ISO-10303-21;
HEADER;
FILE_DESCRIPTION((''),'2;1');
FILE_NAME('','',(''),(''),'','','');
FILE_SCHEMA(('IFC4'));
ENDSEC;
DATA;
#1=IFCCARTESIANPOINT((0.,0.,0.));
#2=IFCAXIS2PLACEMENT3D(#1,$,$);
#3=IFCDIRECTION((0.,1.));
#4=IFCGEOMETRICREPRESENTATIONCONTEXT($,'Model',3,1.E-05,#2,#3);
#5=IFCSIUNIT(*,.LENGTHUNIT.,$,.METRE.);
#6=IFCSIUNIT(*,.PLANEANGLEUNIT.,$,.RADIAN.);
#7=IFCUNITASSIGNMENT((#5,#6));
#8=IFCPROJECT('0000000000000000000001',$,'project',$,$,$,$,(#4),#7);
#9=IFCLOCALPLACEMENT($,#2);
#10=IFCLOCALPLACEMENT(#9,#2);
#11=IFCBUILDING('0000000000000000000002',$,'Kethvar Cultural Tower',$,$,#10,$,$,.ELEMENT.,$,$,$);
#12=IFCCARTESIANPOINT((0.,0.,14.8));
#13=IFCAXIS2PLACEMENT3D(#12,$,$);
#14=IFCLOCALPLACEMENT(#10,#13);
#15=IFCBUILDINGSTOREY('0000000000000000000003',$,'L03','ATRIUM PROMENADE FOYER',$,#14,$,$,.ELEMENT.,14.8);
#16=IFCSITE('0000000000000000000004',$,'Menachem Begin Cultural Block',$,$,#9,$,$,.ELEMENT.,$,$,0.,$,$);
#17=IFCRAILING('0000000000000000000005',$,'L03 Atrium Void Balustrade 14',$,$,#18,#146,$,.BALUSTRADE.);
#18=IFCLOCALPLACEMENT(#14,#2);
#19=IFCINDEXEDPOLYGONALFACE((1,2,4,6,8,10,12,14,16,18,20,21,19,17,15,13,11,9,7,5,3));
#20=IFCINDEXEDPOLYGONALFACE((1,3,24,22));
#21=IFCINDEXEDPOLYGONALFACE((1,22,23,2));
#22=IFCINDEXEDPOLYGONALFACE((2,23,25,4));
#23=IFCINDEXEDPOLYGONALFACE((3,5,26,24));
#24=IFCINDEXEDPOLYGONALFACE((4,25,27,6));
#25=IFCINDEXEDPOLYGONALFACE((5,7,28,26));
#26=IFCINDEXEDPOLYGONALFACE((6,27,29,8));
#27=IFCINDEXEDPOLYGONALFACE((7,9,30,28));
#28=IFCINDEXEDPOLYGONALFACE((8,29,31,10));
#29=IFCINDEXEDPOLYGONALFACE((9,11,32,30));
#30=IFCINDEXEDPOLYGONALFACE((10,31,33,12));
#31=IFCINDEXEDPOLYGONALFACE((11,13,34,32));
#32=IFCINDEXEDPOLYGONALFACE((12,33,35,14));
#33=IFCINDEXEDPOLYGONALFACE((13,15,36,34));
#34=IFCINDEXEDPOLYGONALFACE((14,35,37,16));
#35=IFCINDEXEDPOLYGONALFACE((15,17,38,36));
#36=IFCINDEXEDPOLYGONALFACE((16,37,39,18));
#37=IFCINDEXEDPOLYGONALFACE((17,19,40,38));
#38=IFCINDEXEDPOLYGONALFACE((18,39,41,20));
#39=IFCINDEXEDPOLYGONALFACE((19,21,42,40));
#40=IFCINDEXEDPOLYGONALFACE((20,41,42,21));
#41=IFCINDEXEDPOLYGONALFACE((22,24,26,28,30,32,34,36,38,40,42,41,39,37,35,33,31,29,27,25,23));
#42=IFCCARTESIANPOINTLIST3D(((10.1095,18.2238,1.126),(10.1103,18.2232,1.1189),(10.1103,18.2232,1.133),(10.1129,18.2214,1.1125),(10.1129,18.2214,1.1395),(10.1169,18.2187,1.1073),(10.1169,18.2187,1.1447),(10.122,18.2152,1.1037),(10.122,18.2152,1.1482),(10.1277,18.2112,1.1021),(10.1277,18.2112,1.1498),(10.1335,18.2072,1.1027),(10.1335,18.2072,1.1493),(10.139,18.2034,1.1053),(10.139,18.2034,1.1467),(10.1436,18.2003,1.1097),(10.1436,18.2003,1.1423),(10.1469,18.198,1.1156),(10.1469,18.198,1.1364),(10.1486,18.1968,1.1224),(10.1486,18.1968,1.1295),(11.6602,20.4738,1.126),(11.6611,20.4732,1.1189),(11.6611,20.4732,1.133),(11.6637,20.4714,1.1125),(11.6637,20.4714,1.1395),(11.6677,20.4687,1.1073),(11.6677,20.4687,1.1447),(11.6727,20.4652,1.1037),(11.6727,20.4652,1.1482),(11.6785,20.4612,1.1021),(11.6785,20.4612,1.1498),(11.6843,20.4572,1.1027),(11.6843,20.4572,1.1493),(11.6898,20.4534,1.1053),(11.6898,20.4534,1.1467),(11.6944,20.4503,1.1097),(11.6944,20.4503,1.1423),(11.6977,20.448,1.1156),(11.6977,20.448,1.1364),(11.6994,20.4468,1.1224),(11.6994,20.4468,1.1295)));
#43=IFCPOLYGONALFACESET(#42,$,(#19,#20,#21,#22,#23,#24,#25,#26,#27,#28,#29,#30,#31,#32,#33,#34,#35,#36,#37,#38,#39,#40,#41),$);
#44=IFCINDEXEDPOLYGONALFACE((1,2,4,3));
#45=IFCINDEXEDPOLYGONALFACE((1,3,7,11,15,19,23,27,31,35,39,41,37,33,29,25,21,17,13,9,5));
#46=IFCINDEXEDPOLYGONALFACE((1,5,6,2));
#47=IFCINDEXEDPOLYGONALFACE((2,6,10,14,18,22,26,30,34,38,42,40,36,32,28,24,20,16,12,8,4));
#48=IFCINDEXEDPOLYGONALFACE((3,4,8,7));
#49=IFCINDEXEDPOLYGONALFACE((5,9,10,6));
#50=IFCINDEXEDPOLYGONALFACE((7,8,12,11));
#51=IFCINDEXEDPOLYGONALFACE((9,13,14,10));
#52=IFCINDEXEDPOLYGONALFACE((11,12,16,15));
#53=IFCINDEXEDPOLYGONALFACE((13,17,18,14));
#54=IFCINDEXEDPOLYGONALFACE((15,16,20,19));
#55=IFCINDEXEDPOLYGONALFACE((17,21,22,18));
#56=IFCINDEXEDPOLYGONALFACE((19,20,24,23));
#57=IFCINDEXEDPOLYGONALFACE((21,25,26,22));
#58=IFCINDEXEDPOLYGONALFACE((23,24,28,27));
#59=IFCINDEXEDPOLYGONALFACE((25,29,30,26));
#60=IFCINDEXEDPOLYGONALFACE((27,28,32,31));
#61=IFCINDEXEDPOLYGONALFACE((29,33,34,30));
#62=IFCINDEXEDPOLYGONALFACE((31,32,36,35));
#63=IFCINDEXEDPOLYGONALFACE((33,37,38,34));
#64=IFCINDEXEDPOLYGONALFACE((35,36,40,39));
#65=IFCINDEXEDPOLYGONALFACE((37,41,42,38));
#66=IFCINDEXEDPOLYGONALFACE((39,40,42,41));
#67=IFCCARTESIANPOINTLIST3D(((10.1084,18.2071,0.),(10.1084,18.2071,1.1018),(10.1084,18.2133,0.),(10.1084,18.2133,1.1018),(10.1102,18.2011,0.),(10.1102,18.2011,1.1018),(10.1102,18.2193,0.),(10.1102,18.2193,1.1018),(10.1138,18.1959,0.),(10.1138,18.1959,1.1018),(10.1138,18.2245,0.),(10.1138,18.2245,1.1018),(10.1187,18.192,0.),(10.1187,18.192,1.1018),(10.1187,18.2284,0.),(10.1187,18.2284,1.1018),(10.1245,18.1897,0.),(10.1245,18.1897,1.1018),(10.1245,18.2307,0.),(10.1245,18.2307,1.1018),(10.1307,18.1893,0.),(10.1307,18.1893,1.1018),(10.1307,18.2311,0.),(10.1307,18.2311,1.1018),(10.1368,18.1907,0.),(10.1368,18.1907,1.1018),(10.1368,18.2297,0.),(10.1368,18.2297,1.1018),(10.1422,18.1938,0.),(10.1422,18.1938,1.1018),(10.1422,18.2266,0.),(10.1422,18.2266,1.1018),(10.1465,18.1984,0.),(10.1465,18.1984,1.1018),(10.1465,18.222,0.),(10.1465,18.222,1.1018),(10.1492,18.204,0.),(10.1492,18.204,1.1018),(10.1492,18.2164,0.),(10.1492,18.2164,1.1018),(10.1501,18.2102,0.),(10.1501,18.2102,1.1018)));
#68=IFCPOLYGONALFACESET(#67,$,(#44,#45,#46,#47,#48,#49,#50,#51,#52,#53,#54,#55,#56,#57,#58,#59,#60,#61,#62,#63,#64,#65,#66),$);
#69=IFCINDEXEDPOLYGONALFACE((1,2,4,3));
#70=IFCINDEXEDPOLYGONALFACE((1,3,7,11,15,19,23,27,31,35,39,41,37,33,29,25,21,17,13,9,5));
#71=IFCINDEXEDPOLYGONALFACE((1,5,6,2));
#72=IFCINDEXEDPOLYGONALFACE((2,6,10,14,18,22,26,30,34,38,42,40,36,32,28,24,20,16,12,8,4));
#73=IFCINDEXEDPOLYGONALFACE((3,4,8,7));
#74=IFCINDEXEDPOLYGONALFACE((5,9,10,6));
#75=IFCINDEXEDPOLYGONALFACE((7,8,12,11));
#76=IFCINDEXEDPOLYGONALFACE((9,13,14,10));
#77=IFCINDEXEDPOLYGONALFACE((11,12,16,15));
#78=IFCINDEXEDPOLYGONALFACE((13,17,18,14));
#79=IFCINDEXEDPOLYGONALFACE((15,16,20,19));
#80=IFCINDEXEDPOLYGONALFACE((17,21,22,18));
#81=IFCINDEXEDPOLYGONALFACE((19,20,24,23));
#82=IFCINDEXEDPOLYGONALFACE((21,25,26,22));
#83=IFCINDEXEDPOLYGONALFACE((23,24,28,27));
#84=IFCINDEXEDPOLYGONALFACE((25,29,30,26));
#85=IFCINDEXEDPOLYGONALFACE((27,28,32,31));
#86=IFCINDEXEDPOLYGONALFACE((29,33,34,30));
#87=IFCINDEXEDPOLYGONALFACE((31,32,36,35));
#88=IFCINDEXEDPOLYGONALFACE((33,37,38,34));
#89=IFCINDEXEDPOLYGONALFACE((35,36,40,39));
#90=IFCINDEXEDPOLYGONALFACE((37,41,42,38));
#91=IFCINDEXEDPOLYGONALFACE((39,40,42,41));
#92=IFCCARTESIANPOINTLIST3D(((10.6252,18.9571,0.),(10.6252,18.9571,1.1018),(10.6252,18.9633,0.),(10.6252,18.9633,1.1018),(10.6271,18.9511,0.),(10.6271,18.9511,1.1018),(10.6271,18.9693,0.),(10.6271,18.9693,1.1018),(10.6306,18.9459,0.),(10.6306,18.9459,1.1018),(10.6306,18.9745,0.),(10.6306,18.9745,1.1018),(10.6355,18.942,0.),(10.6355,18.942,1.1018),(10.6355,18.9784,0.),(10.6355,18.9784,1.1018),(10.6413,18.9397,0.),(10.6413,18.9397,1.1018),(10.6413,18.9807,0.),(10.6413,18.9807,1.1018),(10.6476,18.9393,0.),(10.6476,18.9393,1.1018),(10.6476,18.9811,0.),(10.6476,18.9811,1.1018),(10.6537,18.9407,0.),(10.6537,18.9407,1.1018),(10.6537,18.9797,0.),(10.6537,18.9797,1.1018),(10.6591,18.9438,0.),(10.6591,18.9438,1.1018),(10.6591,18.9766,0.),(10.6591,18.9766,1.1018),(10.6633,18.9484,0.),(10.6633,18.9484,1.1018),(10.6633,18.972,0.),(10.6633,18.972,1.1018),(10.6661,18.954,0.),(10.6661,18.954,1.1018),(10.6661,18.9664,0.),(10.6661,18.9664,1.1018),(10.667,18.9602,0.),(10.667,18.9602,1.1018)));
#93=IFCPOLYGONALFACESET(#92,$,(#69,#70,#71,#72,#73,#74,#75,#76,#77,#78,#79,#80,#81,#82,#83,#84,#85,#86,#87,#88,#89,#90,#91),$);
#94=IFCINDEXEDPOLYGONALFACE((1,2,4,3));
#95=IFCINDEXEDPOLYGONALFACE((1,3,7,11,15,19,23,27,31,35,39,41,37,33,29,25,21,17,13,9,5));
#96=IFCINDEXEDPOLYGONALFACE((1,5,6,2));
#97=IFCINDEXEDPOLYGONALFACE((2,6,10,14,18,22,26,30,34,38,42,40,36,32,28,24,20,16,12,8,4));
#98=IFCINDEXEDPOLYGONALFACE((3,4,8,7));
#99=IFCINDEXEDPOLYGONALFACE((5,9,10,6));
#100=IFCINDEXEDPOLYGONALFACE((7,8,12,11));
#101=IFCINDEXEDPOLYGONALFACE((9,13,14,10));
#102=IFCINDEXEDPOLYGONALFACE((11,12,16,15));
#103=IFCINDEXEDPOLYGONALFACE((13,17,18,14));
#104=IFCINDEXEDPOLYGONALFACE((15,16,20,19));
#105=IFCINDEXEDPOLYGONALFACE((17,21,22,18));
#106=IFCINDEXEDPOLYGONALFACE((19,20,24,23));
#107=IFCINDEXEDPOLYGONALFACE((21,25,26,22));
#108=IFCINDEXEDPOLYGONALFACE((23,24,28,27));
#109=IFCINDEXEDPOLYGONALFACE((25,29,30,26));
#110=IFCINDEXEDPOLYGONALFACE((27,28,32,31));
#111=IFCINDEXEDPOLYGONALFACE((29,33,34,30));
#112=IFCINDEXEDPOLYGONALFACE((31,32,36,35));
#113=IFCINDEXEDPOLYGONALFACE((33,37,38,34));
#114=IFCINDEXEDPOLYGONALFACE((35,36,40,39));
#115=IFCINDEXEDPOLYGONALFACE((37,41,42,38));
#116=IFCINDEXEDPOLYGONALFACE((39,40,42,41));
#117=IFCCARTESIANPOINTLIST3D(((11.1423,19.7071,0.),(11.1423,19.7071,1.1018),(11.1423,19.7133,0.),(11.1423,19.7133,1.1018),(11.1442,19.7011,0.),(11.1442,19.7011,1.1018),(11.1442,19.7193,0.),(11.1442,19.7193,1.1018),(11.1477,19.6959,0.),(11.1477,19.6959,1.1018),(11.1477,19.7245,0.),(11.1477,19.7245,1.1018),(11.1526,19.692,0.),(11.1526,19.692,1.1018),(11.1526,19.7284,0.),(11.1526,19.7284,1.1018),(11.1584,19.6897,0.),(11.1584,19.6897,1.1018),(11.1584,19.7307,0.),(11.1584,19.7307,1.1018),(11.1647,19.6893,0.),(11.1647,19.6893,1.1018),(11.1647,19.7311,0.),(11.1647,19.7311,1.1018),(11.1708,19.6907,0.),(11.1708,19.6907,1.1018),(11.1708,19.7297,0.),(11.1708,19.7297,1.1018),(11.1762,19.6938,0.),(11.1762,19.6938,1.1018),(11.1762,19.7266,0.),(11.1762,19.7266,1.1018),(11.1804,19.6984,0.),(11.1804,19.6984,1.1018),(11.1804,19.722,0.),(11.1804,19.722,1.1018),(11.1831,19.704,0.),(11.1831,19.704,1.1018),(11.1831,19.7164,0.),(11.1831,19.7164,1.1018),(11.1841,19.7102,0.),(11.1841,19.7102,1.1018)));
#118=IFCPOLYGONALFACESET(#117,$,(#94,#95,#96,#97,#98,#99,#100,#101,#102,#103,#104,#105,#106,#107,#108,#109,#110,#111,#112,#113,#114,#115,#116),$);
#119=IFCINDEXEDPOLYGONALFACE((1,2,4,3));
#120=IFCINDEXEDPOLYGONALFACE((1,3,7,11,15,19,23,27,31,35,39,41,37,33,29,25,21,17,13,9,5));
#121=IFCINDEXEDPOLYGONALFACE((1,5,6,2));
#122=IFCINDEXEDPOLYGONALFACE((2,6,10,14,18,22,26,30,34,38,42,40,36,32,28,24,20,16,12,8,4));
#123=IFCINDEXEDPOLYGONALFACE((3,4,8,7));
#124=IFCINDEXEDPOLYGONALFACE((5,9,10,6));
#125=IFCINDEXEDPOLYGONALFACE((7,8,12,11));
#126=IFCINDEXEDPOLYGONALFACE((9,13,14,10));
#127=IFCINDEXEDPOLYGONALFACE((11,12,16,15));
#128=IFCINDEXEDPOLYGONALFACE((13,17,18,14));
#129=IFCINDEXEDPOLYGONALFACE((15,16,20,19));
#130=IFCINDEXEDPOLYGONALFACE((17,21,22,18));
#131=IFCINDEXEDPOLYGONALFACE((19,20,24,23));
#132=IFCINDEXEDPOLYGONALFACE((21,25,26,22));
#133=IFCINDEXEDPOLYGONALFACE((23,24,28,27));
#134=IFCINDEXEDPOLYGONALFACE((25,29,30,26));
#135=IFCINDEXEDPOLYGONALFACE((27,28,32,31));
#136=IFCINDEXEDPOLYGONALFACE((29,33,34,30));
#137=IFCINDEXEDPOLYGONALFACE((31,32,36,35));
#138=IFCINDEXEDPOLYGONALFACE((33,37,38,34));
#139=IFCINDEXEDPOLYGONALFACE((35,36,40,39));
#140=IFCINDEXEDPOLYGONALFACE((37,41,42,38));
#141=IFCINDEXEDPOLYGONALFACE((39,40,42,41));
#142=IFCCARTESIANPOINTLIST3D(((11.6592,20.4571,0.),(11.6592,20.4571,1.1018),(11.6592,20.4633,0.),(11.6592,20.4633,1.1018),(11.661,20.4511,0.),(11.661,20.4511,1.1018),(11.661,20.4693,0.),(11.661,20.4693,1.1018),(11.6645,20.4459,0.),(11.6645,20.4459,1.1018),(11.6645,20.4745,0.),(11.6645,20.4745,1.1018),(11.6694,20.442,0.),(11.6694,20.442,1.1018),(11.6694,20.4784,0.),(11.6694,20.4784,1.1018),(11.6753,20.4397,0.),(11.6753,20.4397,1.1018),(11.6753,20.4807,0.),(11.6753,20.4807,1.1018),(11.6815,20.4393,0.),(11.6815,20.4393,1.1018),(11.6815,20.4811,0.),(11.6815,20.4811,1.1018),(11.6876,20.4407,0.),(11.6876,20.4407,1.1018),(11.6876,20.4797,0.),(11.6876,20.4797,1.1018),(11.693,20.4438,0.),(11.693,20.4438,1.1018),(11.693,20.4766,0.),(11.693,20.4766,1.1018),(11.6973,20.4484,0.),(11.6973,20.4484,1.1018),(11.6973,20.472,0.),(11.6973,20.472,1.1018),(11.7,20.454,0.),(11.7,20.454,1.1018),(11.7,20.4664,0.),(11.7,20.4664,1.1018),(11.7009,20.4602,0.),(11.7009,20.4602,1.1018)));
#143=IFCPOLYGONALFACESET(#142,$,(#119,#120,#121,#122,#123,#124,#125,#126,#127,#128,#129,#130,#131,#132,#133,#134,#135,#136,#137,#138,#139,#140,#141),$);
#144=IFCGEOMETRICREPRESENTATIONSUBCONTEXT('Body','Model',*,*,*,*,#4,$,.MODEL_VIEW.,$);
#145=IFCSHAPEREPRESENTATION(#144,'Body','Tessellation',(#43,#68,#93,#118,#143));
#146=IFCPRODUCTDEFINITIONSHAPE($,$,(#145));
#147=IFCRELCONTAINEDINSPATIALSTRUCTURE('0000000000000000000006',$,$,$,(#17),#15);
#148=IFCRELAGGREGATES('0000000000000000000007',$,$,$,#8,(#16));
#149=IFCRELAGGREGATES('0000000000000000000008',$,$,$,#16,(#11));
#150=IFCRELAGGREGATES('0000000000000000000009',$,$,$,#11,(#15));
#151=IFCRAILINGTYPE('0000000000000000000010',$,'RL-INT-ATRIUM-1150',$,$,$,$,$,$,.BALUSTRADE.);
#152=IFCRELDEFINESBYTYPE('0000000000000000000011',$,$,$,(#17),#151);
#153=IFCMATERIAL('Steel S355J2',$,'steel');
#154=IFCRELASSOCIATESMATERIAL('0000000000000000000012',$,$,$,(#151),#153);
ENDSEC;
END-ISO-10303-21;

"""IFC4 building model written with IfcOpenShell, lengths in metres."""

from ifc_helpers import new_model, si_unit, direction, frame, origin, origin_2d, place, context, subcontext, project, spatial, circle, extrude, material, type_object, element, save


model = new_model("IFC4")

# Units and contexts
model_context = context("Model", 3, precision=1e-05, world=origin(), true_north=direction((0.0, 1.0)))
body_context = subcontext(model_context, "Body", "Model", "MODEL_VIEW")
ifc_project = project(units=[si_unit("LENGTHUNIT", "METRE"), si_unit("PLANEANGLEUNIT", "RADIAN")], contexts=[model_context])

# Site, building, storey
site_placement = place(None, origin())
site = spatial("IfcSite", under=ifc_project, at=site_placement, Name="Menachem Begin Cultural Block", CompositionType="ELEMENT", RefElevation=0.0)
building_placement = place(site_placement, origin())
building = spatial("IfcBuilding", under=site, at=building_placement, Name="Kethvar Cultural Tower", CompositionType="ELEMENT")
storey_placement = place(building_placement, frame((0.0, 0.0, 14.8)))
storey = spatial("IfcBuildingStorey", under=building, at=storey_placement, Name="L03", Description="ATRIUM PROMENADE FOYER", CompositionType="ELEMENT", Elevation=14.8)

# Shared definitions
ifc_material_1 = material(Name="Steel S355J2", Category="steel")

# Railing
railing_type_1 = type_object("IfcRailingType", Name="RL-INT-ATRIUM-1150", PredefinedType="BALUSTRADE", material=ifc_material_1)
railing_1_placement = place(storey_placement, frame((10.1292, 18.2102, 0.0)))
element("IfcRailing", 1, at=railing_1_placement, inside=storey, type_object=railing_type_1, Name="L03 Atrium Void Balustrade 14", PredefinedType="BALUSTRADE", context=body_context, shape_type="SweptSolid", body=[
    extrude(circle(Radius=0.0239, at=origin_2d()), frame((0.0, 0.0, 1.126), z_axis=(0.567499, 0.823374, 0.0), x_axis=(-0.823374, 0.567499, 0.0)), (0.0, 0.0, 1.0), 2.7327),
    extrude(circle(Radius=0.021, at=origin_2d()), origin(), (0.0, 0.0, 1.0), 1.1018),
    extrude(circle(Radius=0.021, at=origin_2d()), frame((0.5168, 0.75, 0.0)), (0.0, 0.0, 1.0), 1.1018),
    extrude(circle(Radius=0.021, at=origin_2d()), frame((1.0339, 1.5, 0.0)), (0.0, 0.0, 1.0), 1.1018),
    extrude(circle(Radius=0.021, at=origin_2d()), frame((1.5508, 2.25, 0.0)), (0.0, 0.0, 1.0), 1.1018),
])

save(model, "model.ifc")
